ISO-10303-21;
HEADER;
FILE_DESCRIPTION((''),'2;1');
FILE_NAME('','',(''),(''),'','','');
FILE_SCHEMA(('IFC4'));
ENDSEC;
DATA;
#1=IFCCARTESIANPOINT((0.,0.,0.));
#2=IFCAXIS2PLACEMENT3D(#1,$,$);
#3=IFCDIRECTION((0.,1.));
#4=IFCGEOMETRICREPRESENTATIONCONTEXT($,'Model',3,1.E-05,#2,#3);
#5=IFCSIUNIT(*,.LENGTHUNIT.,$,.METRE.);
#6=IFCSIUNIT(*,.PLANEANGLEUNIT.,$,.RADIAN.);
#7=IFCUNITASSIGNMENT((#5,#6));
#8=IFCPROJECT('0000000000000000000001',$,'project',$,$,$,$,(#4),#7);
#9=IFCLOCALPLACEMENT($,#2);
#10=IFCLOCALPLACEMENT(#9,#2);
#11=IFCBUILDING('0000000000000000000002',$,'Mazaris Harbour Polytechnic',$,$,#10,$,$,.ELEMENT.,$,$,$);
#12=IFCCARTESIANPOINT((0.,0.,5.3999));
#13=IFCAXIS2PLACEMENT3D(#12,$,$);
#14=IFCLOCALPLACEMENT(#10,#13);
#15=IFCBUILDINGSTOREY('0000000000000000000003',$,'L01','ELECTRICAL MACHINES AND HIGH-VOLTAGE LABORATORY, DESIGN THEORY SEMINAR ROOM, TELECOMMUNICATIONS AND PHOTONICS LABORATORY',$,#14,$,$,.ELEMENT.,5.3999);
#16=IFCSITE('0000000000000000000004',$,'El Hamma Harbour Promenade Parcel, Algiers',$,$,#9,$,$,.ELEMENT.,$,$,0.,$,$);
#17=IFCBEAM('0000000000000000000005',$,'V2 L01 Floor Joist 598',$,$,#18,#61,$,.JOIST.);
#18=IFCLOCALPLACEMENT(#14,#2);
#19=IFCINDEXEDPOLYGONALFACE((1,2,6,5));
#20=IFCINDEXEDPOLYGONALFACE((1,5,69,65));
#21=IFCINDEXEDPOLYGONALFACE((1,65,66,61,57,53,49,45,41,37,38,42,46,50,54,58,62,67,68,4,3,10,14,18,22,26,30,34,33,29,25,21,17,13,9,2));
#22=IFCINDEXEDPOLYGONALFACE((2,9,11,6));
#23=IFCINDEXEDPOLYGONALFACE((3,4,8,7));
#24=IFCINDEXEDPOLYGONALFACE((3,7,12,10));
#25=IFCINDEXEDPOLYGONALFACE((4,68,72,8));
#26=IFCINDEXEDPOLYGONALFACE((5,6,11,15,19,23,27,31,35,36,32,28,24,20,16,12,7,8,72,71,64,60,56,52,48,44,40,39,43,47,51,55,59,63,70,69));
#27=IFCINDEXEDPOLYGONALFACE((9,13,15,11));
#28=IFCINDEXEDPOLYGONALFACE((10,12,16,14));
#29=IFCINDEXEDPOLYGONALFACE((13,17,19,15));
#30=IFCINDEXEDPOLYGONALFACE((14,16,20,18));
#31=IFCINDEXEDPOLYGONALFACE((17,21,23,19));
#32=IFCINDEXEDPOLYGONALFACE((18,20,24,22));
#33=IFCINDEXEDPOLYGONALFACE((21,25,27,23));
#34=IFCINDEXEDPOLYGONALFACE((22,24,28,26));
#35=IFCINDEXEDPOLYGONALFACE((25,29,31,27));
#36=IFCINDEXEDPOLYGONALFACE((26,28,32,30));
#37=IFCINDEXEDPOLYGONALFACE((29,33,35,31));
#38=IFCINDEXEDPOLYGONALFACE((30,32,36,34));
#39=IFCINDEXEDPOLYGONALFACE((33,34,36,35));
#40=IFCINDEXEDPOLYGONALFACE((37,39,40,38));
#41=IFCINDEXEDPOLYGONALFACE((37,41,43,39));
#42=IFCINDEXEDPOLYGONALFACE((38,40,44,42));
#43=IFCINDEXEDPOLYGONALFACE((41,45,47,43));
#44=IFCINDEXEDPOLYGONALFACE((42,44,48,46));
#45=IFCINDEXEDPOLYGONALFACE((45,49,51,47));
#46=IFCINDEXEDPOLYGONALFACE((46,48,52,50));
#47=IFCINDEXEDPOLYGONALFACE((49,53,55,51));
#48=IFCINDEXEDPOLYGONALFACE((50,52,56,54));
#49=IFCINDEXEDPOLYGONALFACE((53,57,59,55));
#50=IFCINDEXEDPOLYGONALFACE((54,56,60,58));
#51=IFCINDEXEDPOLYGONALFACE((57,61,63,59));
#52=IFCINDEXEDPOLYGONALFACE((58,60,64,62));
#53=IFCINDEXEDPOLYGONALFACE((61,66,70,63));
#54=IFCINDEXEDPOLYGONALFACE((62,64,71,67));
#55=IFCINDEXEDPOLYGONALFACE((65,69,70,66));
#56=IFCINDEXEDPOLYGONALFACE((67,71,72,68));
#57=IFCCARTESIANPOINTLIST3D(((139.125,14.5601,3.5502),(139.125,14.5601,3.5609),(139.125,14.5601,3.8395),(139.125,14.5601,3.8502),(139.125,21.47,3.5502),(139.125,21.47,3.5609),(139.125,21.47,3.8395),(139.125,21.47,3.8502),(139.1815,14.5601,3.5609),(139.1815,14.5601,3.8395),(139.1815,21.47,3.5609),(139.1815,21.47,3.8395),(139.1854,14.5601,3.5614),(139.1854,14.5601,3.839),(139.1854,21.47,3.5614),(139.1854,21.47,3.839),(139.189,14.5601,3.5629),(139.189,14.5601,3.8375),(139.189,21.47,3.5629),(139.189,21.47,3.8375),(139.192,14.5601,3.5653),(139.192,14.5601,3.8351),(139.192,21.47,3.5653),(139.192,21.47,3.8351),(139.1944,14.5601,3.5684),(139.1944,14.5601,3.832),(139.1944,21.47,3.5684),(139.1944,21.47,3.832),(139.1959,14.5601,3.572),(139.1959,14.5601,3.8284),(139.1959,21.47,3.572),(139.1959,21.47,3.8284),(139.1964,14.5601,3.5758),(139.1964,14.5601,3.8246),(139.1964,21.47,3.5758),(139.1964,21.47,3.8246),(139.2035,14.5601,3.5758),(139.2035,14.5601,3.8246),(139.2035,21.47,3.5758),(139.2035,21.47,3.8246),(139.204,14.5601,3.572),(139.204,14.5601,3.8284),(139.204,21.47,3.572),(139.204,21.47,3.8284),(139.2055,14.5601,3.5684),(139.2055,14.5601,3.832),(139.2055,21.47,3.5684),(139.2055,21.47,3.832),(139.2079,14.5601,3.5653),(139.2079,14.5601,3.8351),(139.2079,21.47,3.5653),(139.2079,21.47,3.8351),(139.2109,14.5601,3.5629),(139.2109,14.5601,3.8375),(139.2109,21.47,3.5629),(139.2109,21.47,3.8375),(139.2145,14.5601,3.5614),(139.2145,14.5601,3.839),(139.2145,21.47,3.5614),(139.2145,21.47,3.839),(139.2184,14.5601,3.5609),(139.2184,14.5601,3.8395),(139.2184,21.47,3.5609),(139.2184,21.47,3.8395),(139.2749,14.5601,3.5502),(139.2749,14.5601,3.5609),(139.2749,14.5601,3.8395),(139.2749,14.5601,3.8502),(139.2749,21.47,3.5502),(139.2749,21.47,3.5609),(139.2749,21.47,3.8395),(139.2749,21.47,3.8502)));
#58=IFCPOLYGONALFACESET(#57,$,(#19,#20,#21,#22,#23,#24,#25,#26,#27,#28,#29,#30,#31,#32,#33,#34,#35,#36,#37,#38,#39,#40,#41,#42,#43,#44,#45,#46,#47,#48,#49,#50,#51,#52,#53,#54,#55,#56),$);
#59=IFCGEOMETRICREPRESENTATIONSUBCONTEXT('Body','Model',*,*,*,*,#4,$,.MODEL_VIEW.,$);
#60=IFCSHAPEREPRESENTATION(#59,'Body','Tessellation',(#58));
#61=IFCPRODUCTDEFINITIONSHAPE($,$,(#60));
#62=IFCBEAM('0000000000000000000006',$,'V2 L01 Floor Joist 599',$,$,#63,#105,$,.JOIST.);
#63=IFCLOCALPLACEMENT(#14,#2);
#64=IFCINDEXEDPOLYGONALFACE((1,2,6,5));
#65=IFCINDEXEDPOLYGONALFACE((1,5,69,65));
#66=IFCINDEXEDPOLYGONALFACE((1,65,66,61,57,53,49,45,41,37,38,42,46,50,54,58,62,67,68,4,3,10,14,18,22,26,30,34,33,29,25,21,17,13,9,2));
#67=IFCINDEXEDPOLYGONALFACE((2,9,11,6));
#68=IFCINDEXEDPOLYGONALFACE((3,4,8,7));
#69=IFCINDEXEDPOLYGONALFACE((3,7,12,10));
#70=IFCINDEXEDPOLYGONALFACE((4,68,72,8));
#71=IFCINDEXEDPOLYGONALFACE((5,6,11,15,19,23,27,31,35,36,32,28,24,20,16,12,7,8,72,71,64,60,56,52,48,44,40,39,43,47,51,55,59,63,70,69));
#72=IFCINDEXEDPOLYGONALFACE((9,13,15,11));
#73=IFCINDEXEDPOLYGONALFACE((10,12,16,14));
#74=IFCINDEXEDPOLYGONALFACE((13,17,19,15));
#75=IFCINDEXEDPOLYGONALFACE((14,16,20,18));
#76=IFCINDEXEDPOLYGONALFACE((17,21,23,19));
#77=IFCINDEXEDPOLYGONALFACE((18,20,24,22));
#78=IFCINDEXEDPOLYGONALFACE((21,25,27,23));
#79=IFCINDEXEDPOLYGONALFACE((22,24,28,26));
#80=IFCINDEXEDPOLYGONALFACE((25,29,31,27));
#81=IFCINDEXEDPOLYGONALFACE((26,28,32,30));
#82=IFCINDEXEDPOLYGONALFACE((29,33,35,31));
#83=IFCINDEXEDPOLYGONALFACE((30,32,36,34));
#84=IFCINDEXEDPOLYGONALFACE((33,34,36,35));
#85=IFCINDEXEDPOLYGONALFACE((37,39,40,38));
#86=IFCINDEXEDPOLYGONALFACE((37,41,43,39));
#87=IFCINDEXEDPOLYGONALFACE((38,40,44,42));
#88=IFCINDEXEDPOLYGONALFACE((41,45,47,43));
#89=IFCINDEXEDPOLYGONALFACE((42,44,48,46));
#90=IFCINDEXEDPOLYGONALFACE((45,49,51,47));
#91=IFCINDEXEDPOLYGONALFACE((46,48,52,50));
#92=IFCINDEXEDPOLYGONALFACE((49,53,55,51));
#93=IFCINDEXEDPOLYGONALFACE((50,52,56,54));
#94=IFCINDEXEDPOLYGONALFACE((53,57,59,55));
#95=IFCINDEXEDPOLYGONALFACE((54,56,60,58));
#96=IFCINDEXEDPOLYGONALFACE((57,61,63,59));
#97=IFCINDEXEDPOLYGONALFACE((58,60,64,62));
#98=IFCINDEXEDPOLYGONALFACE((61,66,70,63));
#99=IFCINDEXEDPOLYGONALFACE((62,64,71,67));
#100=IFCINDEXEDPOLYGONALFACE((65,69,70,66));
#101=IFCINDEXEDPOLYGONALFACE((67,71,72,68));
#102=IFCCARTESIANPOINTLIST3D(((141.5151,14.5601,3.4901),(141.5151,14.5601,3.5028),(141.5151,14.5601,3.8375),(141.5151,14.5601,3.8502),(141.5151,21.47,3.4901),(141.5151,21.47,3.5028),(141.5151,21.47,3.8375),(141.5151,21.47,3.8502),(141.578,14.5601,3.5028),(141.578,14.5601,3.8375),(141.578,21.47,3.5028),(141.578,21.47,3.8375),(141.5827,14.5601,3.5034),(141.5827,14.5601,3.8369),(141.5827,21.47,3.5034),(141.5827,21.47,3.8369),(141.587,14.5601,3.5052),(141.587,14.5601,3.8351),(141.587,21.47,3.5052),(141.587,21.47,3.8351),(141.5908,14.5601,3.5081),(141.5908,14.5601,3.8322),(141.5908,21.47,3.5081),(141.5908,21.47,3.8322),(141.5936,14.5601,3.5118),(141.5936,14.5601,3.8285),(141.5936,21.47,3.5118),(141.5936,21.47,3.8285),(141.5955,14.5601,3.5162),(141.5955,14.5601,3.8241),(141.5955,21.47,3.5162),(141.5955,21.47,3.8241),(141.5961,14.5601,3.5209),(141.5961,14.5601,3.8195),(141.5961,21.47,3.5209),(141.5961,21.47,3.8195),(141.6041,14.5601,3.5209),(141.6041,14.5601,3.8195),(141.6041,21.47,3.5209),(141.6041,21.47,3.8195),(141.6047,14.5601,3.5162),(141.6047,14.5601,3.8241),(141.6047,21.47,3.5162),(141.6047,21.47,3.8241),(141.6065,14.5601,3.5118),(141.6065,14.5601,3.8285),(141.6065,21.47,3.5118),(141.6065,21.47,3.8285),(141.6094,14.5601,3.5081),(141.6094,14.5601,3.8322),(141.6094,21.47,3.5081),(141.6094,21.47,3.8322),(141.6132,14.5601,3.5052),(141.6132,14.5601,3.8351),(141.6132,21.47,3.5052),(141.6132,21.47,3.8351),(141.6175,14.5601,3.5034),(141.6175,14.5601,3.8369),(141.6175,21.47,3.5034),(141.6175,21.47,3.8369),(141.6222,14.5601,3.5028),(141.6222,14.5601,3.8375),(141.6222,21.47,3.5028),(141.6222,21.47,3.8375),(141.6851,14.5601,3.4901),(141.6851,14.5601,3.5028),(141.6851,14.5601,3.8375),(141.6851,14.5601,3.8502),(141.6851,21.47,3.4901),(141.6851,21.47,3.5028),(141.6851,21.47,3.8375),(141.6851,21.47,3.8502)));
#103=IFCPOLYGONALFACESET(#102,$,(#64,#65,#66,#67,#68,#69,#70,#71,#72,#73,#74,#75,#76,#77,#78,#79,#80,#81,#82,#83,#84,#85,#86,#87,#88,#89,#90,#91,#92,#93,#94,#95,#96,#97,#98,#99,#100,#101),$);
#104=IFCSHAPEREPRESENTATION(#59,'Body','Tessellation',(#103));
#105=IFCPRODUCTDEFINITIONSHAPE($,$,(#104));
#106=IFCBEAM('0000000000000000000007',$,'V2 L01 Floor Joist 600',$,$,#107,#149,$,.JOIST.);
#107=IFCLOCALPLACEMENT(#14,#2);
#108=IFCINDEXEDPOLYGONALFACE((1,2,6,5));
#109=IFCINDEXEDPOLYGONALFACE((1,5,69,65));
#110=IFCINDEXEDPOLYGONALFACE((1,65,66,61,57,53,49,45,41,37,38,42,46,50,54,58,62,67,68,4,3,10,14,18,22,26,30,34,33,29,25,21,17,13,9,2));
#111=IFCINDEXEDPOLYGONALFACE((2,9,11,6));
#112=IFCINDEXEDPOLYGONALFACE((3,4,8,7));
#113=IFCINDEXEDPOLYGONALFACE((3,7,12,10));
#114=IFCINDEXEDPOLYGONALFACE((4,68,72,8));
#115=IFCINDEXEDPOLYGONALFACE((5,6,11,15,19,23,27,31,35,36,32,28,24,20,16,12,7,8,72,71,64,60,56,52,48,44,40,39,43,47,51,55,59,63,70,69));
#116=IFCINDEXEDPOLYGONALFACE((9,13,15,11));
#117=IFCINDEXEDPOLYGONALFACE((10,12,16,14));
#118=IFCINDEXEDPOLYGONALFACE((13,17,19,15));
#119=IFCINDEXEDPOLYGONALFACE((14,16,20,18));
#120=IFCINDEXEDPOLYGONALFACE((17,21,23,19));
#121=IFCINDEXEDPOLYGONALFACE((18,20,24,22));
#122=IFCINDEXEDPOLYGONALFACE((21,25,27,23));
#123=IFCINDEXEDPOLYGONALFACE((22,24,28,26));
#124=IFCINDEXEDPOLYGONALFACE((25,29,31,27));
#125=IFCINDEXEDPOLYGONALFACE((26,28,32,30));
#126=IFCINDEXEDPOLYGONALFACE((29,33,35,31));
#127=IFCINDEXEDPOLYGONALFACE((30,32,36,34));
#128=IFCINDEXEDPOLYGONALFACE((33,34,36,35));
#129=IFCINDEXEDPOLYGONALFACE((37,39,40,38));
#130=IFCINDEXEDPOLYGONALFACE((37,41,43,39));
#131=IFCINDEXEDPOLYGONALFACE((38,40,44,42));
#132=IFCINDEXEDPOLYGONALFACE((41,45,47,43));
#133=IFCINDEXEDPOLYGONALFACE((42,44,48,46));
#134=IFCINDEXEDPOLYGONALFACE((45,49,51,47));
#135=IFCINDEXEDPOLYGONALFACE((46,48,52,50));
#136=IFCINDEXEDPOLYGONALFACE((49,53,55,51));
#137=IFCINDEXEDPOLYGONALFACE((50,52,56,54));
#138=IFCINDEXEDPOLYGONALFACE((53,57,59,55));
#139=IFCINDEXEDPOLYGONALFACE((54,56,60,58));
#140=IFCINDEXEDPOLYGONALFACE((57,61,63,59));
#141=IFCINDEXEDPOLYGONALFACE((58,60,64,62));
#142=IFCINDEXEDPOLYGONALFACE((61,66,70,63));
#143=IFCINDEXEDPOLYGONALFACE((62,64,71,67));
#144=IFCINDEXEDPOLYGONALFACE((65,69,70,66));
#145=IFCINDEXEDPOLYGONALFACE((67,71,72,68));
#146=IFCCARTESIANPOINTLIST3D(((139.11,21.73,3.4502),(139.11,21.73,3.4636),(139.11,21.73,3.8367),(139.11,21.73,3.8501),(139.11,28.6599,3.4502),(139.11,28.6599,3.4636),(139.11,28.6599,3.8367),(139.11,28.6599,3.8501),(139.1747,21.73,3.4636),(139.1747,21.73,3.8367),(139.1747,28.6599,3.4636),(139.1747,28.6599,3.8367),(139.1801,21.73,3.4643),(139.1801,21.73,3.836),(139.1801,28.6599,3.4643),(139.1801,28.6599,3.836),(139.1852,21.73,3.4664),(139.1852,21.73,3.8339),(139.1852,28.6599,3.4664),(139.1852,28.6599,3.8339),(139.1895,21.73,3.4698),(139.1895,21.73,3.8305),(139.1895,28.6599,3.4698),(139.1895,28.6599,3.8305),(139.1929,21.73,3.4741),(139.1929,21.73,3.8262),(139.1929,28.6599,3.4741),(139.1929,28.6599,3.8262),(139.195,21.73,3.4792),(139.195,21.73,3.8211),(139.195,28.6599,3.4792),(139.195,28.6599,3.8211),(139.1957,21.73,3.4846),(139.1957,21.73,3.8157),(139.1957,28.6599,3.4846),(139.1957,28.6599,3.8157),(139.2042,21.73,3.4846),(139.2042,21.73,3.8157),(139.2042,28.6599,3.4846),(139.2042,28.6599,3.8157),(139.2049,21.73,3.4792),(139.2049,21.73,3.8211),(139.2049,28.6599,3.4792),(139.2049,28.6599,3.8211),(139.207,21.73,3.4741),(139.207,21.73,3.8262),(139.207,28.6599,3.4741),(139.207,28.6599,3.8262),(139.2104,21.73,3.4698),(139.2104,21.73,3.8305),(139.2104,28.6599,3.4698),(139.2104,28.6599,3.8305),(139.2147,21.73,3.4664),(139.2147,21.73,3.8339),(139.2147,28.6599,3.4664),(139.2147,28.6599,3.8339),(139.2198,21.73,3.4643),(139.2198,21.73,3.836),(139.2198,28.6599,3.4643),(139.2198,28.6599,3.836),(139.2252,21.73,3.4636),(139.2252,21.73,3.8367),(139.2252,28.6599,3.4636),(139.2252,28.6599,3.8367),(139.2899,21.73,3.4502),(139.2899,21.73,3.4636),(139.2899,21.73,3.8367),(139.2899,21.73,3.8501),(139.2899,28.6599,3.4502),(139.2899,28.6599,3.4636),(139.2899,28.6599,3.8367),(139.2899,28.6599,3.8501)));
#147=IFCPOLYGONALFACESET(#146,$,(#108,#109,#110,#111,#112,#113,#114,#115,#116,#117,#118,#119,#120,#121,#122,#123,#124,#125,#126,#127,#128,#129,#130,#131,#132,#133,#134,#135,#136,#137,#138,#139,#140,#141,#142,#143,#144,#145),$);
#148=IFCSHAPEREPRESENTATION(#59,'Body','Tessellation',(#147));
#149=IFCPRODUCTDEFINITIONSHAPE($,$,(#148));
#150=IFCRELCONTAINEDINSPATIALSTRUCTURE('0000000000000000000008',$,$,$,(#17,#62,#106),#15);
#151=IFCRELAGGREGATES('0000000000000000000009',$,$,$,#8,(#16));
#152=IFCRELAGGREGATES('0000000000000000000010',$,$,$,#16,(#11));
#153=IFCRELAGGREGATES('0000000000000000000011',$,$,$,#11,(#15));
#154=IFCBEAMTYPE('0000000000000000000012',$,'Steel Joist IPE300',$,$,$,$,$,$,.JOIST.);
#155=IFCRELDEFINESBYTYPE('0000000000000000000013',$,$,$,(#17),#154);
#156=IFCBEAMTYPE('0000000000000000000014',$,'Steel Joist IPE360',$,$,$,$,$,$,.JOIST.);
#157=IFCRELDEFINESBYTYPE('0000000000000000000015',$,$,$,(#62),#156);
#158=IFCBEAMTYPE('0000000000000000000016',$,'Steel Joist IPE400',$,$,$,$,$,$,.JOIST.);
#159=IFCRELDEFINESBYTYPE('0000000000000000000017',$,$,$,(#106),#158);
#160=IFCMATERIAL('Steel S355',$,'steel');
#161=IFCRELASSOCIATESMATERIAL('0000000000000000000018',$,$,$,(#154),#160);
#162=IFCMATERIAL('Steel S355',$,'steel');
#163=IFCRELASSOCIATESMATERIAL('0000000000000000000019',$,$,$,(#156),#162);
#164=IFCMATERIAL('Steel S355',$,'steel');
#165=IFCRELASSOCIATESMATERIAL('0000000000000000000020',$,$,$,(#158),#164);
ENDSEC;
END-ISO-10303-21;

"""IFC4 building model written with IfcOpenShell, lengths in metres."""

from ifc_helpers import new_model, si_unit, direction, frame, origin, origin_2d, place, context, subcontext, project, spatial, i_section, extrude, material, material_profile, profile_set, type_object, element, save


model = new_model("IFC4")

# Units and contexts
model_context = context("Model", 3, precision=1e-05, world=origin(), true_north=direction((0.0, 1.0)))
body_context = subcontext(model_context, "Body", "Model", "MODEL_VIEW")
ifc_project = project(units=[si_unit("LENGTHUNIT", "METRE"), si_unit("PLANEANGLEUNIT", "RADIAN")], contexts=[model_context])

# Site, building, storey
site_placement = place(None, origin())
site = spatial("IfcSite", under=ifc_project, at=site_placement, Name="El Hamma Harbour Promenade Parcel, Algiers", CompositionType="ELEMENT", RefElevation=0.0)
building_placement = place(site_placement, origin())
building = spatial("IfcBuilding", under=site, at=building_placement, Name="Mazaris Harbour Polytechnic", CompositionType="ELEMENT")
storey_placement = place(building_placement, frame((0.0, 0.0, 5.3999)))
storey = spatial("IfcBuildingStorey", under=building, at=storey_placement, Name="L01", Description="ELECTRICAL MACHINES AND HIGH-VOLTAGE LABORATORY, DESIGN THEORY SEMINAR ROOM, TELECOMMUNICATIONS AND PHOTONICS LABORATORY", CompositionType="ELEMENT", Elevation=5.3999)

# Beams
ifc_material_1 = material(Name="Steel S355", Category="steel")
ifc_material_profile_1 = material_profile(ifc_material_1, i_section(OverallWidth=0.1499, OverallDepth=0.3, WebThickness=0.0071, FlangeThickness=0.0107, FilletRadius=0.0149, at=origin_2d()), Name="IPE 300")
ifc_profile_set_1 = profile_set([ifc_material_profile_1], Name="Steel S355")
beam_type_1 = type_object("IfcBeamType", Name="Steel Joist IPE300", PredefinedType="JOIST", material=ifc_profile_set_1)
beam_1_placement = place(storey_placement, frame((139.2, 14.5601, 3.7002), z_axis=(0.0, 1.0, 0.0), x_axis=(-1.0, 0.0, 0.0)))
element("IfcBeam", 1, at=beam_1_placement, inside=storey, type_object=beam_type_1, Name="V2 L01 Floor Joist 598", PredefinedType="JOIST", context=body_context, shape_type="SweptSolid", body=[
    extrude(i_section(OverallWidth=0.1499, OverallDepth=0.3, WebThickness=0.0071, FlangeThickness=0.0107, FilletRadius=0.0149, at=origin_2d()), origin(), (0.0, 0.0, 1.0), 6.9099),
])
ifc_material_2 = material(Name="Steel S355", Category="steel")
ifc_material_profile_2 = material_profile(ifc_material_2, i_section(OverallWidth=0.1699, OverallDepth=0.3601, WebThickness=0.0081, FlangeThickness=0.0127, FilletRadius=0.0181, at=origin_2d()), Name="IPE 360")
ifc_profile_set_2 = profile_set([ifc_material_profile_2], Name="Steel S355")
beam_type_2 = type_object("IfcBeamType", Name="Steel Joist IPE360", PredefinedType="JOIST", material=ifc_profile_set_2)
beam_2_placement = place(storey_placement, frame((141.6001, 14.5601, 3.6702), z_axis=(0.0, 1.0, 0.0), x_axis=(-1.0, 0.0, 0.0)))
element("IfcBeam", 2, at=beam_2_placement, inside=storey, type_object=beam_type_2, Name="V2 L01 Floor Joist 599", PredefinedType="JOIST", context=body_context, shape_type="SweptSolid", body=[
    extrude(i_section(OverallWidth=0.1699, OverallDepth=0.3601, WebThickness=0.0081, FlangeThickness=0.0127, FilletRadius=0.0181, at=origin_2d()), origin(), (0.0, 0.0, 1.0), 6.9099),
])
ifc_material_3 = material(Name="Steel S355", Category="steel")
ifc_material_profile_3 = material_profile(ifc_material_3, i_section(OverallWidth=0.1799, OverallDepth=0.3999, WebThickness=0.0085, FlangeThickness=0.0134, FilletRadius=0.021, at=origin_2d()), Name="IPE 400")
ifc_profile_set_3 = profile_set([ifc_material_profile_3], Name="Steel S355")
beam_type_3 = type_object("IfcBeamType", Name="Steel Joist IPE400", PredefinedType="JOIST", material=ifc_profile_set_3)
beam_3_placement = place(storey_placement, frame((139.2, 21.73, 3.6501), z_axis=(0.0, 1.0, 0.0), x_axis=(-1.0, 0.0, 0.0)))
element("IfcBeam", 3, at=beam_3_placement, inside=storey, type_object=beam_type_3, Name="V2 L01 Floor Joist 600", PredefinedType="JOIST", context=body_context, shape_type="SweptSolid", body=[
    extrude(i_section(OverallWidth=0.1799, OverallDepth=0.3999, WebThickness=0.0085, FlangeThickness=0.0134, FilletRadius=0.021, at=origin_2d()), origin(), (0.0, 0.0, 1.0), 6.9299),
])

save(model, "model.ifc")
